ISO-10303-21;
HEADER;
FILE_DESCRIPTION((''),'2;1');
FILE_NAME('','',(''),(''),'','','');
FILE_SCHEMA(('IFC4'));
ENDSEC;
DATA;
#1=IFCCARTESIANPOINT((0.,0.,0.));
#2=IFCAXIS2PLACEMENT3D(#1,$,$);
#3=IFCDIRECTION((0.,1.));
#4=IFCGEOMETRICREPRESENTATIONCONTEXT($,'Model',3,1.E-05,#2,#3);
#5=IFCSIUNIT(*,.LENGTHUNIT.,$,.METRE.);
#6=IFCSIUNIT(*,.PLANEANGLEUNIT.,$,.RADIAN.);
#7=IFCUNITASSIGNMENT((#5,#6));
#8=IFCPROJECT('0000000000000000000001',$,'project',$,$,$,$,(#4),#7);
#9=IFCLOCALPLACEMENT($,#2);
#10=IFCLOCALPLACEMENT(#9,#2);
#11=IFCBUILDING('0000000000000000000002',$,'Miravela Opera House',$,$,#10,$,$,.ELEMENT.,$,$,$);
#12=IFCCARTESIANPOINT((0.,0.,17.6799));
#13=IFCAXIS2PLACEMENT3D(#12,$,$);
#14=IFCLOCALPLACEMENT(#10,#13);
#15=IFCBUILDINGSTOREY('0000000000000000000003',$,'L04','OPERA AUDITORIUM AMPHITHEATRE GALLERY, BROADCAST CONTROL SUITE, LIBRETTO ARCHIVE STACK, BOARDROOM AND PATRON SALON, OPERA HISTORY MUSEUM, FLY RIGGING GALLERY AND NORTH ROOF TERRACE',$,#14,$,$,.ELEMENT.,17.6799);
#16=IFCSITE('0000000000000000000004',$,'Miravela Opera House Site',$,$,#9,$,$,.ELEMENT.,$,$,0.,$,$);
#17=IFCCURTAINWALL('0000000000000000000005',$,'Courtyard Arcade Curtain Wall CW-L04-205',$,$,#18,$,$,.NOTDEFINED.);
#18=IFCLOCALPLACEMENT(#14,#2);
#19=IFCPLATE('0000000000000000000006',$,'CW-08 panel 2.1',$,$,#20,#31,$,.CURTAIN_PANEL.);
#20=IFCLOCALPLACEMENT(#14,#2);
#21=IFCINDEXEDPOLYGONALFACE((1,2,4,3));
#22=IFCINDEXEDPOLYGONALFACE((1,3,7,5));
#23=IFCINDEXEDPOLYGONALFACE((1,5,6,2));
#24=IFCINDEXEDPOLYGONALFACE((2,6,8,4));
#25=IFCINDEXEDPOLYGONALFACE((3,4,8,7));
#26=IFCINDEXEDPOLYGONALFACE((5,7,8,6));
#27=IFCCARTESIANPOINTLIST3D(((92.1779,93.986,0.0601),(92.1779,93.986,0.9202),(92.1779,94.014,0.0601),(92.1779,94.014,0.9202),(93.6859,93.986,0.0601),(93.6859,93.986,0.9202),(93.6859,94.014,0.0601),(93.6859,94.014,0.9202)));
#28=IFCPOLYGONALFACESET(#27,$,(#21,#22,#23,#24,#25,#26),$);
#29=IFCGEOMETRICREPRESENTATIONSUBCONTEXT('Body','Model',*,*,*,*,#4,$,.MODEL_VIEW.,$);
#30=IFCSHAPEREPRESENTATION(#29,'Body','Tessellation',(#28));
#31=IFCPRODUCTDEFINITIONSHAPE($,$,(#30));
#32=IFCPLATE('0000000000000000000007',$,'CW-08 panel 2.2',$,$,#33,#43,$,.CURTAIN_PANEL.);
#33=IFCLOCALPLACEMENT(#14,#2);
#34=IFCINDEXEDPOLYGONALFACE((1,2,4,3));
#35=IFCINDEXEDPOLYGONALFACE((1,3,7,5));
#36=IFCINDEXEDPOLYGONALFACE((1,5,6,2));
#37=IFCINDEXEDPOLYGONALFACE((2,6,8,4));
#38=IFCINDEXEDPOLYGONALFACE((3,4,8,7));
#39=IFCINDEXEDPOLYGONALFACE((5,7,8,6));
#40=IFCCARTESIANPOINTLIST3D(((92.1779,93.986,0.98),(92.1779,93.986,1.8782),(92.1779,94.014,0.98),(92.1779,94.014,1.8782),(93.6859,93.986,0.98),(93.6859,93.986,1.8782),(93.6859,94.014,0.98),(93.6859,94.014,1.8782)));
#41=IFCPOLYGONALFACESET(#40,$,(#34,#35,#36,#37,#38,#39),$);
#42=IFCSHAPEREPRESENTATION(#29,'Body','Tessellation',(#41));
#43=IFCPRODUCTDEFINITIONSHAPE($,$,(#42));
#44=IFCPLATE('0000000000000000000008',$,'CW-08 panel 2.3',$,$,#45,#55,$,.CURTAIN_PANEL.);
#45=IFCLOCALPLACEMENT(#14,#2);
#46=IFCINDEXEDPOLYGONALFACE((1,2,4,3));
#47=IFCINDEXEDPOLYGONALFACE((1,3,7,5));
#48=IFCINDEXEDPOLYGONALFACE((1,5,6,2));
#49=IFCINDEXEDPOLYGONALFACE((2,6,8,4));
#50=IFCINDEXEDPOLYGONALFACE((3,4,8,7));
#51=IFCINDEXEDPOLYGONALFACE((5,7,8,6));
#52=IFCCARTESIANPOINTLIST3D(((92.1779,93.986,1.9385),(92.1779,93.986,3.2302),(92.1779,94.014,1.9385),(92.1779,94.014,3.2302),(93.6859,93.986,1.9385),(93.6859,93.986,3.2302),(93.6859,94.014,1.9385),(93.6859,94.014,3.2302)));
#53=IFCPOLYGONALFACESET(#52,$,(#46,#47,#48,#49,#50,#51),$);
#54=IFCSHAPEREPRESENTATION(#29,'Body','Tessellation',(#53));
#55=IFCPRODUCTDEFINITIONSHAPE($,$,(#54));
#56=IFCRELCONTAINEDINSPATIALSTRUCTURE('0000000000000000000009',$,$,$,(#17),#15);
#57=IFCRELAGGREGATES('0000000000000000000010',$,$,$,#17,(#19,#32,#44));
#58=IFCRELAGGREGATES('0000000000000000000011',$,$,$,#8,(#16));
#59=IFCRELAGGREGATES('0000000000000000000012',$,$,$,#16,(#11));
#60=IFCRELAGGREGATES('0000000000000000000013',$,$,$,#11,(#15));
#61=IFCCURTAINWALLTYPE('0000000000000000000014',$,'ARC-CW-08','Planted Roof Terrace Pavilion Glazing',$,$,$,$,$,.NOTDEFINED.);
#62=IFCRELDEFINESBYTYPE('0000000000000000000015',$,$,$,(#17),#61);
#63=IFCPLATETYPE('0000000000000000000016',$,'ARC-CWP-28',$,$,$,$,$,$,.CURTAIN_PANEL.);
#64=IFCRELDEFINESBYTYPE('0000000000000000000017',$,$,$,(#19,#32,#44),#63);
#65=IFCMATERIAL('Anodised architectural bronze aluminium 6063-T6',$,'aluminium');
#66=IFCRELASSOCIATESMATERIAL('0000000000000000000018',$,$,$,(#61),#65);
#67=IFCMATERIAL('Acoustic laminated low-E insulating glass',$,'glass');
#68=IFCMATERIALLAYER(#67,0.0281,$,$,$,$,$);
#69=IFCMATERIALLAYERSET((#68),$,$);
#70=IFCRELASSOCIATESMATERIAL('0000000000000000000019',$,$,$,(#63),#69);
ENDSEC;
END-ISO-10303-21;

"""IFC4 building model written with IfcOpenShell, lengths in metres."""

from ifc_helpers import new_model, si_unit, direction, frame, origin, origin_2d, place, context, subcontext, project, spatial, rectangle, extrude, material, layer, layer_set, type_object, element, aggregate, save


model = new_model("IFC4")

# Units and contexts
model_context = context("Model", 3, precision=1e-05, world=origin(), true_north=direction((0.0, 1.0)))
body_context = subcontext(model_context, "Body", "Model", "MODEL_VIEW")
ifc_project = project(units=[si_unit("LENGTHUNIT", "METRE"), si_unit("PLANEANGLEUNIT", "RADIAN")], contexts=[model_context])

# Site, building, storey
site_placement = place(None, origin())
site = spatial("IfcSite", under=ifc_project, at=site_placement, Name="Miravela Opera House Site", CompositionType="ELEMENT", RefElevation=0.0)
building_placement = place(site_placement, origin())
building = spatial("IfcBuilding", under=site, at=building_placement, Name="Miravela Opera House", CompositionType="ELEMENT")
storey_placement = place(building_placement, frame((0.0, 0.0, 17.6799)))
storey = spatial("IfcBuildingStorey", under=building, at=storey_placement, Name="L04", Description="OPERA AUDITORIUM AMPHITHEATRE GALLERY, BROADCAST CONTROL SUITE, LIBRETTO ARCHIVE STACK, BOARDROOM AND PATRON SALON, OPERA HISTORY MUSEUM, FLY RIGGING GALLERY AND NORTH ROOF TERRACE", CompositionType="ELEMENT", Elevation=17.6799)

# Shared definitions
ifc_material_1 = material(Name="Anodised architectural bronze aluminium 6063-T6", Category="aluminium")
curtain_wall_type = type_object("IfcCurtainWallType", Name="ARC-CW-08", Description="Planted Roof Terrace Pavilion Glazing", PredefinedType="NOTDEFINED", material=ifc_material_1)

# Curtain wall
curtain_wall_1_placement = place(storey_placement, origin())
curtain_wall_1 = element("IfcCurtainWall", 1, at=curtain_wall_1_placement, inside=storey, type_object=curtain_wall_type, Name="Courtyard Arcade Curtain Wall CW-L04-205", PredefinedType="NOTDEFINED")

# Plates
ifc_material_2 = material(Name="Acoustic laminated low-E insulating glass", Category="glass")
ifc_layer = layer(ifc_material_2, 0.0281)
ifc_layer_set = layer_set([ifc_layer])
plate_type = type_object("IfcPlateType", Name="ARC-CWP-28", PredefinedType="CURTAIN_PANEL", material=ifc_layer_set)
plate_1_placement = place(storey_placement, frame((92.9319, 94.0, 0.0601), z_axis=(0.0, 0.0, 1.0), x_axis=(1.0, 0.0, 0.0)))
plate_1 = element("IfcPlate", 2, at=plate_1_placement, type_object=plate_type, Name="CW-08 panel 2.1", PredefinedType="CURTAIN_PANEL", context=body_context, shape_type="SweptSolid", body=[
    extrude(rectangle(XDim=1.5081, YDim=0.0281, at=origin_2d()), origin(), (0.0, 0.0, 1.0), 0.8601),
])
plate_2_placement = place(storey_placement, frame((92.9319, 94.0, 0.98), z_axis=(0.0, 0.0, 1.0), x_axis=(1.0, 0.0, 0.0)))
plate_2 = element("IfcPlate", 3, at=plate_2_placement, type_object=plate_type, Name="CW-08 panel 2.2", PredefinedType="CURTAIN_PANEL", context=body_context, shape_type="SweptSolid", body=[
    extrude(rectangle(XDim=1.5081, YDim=0.0281, at=origin_2d()), origin(), (0.0, 0.0, 1.0), 0.8982),
])
plate_3_placement = place(storey_placement, frame((92.9319, 94.0, 1.9385), z_axis=(0.0, 0.0, 1.0), x_axis=(1.0, 0.0, 0.0)))
plate_3 = element("IfcPlate", 4, at=plate_3_placement, type_object=plate_type, Name="CW-08 panel 2.3", PredefinedType="CURTAIN_PANEL", context=body_context, shape_type="SweptSolid", body=[
    extrude(rectangle(XDim=1.5081, YDim=0.0281, at=origin_2d()), origin(), (0.0, 0.0, 1.0), 1.2917),
])
aggregate(curtain_wall_1, [plate_1, plate_2, plate_3])

save(model, "model.ifc")
